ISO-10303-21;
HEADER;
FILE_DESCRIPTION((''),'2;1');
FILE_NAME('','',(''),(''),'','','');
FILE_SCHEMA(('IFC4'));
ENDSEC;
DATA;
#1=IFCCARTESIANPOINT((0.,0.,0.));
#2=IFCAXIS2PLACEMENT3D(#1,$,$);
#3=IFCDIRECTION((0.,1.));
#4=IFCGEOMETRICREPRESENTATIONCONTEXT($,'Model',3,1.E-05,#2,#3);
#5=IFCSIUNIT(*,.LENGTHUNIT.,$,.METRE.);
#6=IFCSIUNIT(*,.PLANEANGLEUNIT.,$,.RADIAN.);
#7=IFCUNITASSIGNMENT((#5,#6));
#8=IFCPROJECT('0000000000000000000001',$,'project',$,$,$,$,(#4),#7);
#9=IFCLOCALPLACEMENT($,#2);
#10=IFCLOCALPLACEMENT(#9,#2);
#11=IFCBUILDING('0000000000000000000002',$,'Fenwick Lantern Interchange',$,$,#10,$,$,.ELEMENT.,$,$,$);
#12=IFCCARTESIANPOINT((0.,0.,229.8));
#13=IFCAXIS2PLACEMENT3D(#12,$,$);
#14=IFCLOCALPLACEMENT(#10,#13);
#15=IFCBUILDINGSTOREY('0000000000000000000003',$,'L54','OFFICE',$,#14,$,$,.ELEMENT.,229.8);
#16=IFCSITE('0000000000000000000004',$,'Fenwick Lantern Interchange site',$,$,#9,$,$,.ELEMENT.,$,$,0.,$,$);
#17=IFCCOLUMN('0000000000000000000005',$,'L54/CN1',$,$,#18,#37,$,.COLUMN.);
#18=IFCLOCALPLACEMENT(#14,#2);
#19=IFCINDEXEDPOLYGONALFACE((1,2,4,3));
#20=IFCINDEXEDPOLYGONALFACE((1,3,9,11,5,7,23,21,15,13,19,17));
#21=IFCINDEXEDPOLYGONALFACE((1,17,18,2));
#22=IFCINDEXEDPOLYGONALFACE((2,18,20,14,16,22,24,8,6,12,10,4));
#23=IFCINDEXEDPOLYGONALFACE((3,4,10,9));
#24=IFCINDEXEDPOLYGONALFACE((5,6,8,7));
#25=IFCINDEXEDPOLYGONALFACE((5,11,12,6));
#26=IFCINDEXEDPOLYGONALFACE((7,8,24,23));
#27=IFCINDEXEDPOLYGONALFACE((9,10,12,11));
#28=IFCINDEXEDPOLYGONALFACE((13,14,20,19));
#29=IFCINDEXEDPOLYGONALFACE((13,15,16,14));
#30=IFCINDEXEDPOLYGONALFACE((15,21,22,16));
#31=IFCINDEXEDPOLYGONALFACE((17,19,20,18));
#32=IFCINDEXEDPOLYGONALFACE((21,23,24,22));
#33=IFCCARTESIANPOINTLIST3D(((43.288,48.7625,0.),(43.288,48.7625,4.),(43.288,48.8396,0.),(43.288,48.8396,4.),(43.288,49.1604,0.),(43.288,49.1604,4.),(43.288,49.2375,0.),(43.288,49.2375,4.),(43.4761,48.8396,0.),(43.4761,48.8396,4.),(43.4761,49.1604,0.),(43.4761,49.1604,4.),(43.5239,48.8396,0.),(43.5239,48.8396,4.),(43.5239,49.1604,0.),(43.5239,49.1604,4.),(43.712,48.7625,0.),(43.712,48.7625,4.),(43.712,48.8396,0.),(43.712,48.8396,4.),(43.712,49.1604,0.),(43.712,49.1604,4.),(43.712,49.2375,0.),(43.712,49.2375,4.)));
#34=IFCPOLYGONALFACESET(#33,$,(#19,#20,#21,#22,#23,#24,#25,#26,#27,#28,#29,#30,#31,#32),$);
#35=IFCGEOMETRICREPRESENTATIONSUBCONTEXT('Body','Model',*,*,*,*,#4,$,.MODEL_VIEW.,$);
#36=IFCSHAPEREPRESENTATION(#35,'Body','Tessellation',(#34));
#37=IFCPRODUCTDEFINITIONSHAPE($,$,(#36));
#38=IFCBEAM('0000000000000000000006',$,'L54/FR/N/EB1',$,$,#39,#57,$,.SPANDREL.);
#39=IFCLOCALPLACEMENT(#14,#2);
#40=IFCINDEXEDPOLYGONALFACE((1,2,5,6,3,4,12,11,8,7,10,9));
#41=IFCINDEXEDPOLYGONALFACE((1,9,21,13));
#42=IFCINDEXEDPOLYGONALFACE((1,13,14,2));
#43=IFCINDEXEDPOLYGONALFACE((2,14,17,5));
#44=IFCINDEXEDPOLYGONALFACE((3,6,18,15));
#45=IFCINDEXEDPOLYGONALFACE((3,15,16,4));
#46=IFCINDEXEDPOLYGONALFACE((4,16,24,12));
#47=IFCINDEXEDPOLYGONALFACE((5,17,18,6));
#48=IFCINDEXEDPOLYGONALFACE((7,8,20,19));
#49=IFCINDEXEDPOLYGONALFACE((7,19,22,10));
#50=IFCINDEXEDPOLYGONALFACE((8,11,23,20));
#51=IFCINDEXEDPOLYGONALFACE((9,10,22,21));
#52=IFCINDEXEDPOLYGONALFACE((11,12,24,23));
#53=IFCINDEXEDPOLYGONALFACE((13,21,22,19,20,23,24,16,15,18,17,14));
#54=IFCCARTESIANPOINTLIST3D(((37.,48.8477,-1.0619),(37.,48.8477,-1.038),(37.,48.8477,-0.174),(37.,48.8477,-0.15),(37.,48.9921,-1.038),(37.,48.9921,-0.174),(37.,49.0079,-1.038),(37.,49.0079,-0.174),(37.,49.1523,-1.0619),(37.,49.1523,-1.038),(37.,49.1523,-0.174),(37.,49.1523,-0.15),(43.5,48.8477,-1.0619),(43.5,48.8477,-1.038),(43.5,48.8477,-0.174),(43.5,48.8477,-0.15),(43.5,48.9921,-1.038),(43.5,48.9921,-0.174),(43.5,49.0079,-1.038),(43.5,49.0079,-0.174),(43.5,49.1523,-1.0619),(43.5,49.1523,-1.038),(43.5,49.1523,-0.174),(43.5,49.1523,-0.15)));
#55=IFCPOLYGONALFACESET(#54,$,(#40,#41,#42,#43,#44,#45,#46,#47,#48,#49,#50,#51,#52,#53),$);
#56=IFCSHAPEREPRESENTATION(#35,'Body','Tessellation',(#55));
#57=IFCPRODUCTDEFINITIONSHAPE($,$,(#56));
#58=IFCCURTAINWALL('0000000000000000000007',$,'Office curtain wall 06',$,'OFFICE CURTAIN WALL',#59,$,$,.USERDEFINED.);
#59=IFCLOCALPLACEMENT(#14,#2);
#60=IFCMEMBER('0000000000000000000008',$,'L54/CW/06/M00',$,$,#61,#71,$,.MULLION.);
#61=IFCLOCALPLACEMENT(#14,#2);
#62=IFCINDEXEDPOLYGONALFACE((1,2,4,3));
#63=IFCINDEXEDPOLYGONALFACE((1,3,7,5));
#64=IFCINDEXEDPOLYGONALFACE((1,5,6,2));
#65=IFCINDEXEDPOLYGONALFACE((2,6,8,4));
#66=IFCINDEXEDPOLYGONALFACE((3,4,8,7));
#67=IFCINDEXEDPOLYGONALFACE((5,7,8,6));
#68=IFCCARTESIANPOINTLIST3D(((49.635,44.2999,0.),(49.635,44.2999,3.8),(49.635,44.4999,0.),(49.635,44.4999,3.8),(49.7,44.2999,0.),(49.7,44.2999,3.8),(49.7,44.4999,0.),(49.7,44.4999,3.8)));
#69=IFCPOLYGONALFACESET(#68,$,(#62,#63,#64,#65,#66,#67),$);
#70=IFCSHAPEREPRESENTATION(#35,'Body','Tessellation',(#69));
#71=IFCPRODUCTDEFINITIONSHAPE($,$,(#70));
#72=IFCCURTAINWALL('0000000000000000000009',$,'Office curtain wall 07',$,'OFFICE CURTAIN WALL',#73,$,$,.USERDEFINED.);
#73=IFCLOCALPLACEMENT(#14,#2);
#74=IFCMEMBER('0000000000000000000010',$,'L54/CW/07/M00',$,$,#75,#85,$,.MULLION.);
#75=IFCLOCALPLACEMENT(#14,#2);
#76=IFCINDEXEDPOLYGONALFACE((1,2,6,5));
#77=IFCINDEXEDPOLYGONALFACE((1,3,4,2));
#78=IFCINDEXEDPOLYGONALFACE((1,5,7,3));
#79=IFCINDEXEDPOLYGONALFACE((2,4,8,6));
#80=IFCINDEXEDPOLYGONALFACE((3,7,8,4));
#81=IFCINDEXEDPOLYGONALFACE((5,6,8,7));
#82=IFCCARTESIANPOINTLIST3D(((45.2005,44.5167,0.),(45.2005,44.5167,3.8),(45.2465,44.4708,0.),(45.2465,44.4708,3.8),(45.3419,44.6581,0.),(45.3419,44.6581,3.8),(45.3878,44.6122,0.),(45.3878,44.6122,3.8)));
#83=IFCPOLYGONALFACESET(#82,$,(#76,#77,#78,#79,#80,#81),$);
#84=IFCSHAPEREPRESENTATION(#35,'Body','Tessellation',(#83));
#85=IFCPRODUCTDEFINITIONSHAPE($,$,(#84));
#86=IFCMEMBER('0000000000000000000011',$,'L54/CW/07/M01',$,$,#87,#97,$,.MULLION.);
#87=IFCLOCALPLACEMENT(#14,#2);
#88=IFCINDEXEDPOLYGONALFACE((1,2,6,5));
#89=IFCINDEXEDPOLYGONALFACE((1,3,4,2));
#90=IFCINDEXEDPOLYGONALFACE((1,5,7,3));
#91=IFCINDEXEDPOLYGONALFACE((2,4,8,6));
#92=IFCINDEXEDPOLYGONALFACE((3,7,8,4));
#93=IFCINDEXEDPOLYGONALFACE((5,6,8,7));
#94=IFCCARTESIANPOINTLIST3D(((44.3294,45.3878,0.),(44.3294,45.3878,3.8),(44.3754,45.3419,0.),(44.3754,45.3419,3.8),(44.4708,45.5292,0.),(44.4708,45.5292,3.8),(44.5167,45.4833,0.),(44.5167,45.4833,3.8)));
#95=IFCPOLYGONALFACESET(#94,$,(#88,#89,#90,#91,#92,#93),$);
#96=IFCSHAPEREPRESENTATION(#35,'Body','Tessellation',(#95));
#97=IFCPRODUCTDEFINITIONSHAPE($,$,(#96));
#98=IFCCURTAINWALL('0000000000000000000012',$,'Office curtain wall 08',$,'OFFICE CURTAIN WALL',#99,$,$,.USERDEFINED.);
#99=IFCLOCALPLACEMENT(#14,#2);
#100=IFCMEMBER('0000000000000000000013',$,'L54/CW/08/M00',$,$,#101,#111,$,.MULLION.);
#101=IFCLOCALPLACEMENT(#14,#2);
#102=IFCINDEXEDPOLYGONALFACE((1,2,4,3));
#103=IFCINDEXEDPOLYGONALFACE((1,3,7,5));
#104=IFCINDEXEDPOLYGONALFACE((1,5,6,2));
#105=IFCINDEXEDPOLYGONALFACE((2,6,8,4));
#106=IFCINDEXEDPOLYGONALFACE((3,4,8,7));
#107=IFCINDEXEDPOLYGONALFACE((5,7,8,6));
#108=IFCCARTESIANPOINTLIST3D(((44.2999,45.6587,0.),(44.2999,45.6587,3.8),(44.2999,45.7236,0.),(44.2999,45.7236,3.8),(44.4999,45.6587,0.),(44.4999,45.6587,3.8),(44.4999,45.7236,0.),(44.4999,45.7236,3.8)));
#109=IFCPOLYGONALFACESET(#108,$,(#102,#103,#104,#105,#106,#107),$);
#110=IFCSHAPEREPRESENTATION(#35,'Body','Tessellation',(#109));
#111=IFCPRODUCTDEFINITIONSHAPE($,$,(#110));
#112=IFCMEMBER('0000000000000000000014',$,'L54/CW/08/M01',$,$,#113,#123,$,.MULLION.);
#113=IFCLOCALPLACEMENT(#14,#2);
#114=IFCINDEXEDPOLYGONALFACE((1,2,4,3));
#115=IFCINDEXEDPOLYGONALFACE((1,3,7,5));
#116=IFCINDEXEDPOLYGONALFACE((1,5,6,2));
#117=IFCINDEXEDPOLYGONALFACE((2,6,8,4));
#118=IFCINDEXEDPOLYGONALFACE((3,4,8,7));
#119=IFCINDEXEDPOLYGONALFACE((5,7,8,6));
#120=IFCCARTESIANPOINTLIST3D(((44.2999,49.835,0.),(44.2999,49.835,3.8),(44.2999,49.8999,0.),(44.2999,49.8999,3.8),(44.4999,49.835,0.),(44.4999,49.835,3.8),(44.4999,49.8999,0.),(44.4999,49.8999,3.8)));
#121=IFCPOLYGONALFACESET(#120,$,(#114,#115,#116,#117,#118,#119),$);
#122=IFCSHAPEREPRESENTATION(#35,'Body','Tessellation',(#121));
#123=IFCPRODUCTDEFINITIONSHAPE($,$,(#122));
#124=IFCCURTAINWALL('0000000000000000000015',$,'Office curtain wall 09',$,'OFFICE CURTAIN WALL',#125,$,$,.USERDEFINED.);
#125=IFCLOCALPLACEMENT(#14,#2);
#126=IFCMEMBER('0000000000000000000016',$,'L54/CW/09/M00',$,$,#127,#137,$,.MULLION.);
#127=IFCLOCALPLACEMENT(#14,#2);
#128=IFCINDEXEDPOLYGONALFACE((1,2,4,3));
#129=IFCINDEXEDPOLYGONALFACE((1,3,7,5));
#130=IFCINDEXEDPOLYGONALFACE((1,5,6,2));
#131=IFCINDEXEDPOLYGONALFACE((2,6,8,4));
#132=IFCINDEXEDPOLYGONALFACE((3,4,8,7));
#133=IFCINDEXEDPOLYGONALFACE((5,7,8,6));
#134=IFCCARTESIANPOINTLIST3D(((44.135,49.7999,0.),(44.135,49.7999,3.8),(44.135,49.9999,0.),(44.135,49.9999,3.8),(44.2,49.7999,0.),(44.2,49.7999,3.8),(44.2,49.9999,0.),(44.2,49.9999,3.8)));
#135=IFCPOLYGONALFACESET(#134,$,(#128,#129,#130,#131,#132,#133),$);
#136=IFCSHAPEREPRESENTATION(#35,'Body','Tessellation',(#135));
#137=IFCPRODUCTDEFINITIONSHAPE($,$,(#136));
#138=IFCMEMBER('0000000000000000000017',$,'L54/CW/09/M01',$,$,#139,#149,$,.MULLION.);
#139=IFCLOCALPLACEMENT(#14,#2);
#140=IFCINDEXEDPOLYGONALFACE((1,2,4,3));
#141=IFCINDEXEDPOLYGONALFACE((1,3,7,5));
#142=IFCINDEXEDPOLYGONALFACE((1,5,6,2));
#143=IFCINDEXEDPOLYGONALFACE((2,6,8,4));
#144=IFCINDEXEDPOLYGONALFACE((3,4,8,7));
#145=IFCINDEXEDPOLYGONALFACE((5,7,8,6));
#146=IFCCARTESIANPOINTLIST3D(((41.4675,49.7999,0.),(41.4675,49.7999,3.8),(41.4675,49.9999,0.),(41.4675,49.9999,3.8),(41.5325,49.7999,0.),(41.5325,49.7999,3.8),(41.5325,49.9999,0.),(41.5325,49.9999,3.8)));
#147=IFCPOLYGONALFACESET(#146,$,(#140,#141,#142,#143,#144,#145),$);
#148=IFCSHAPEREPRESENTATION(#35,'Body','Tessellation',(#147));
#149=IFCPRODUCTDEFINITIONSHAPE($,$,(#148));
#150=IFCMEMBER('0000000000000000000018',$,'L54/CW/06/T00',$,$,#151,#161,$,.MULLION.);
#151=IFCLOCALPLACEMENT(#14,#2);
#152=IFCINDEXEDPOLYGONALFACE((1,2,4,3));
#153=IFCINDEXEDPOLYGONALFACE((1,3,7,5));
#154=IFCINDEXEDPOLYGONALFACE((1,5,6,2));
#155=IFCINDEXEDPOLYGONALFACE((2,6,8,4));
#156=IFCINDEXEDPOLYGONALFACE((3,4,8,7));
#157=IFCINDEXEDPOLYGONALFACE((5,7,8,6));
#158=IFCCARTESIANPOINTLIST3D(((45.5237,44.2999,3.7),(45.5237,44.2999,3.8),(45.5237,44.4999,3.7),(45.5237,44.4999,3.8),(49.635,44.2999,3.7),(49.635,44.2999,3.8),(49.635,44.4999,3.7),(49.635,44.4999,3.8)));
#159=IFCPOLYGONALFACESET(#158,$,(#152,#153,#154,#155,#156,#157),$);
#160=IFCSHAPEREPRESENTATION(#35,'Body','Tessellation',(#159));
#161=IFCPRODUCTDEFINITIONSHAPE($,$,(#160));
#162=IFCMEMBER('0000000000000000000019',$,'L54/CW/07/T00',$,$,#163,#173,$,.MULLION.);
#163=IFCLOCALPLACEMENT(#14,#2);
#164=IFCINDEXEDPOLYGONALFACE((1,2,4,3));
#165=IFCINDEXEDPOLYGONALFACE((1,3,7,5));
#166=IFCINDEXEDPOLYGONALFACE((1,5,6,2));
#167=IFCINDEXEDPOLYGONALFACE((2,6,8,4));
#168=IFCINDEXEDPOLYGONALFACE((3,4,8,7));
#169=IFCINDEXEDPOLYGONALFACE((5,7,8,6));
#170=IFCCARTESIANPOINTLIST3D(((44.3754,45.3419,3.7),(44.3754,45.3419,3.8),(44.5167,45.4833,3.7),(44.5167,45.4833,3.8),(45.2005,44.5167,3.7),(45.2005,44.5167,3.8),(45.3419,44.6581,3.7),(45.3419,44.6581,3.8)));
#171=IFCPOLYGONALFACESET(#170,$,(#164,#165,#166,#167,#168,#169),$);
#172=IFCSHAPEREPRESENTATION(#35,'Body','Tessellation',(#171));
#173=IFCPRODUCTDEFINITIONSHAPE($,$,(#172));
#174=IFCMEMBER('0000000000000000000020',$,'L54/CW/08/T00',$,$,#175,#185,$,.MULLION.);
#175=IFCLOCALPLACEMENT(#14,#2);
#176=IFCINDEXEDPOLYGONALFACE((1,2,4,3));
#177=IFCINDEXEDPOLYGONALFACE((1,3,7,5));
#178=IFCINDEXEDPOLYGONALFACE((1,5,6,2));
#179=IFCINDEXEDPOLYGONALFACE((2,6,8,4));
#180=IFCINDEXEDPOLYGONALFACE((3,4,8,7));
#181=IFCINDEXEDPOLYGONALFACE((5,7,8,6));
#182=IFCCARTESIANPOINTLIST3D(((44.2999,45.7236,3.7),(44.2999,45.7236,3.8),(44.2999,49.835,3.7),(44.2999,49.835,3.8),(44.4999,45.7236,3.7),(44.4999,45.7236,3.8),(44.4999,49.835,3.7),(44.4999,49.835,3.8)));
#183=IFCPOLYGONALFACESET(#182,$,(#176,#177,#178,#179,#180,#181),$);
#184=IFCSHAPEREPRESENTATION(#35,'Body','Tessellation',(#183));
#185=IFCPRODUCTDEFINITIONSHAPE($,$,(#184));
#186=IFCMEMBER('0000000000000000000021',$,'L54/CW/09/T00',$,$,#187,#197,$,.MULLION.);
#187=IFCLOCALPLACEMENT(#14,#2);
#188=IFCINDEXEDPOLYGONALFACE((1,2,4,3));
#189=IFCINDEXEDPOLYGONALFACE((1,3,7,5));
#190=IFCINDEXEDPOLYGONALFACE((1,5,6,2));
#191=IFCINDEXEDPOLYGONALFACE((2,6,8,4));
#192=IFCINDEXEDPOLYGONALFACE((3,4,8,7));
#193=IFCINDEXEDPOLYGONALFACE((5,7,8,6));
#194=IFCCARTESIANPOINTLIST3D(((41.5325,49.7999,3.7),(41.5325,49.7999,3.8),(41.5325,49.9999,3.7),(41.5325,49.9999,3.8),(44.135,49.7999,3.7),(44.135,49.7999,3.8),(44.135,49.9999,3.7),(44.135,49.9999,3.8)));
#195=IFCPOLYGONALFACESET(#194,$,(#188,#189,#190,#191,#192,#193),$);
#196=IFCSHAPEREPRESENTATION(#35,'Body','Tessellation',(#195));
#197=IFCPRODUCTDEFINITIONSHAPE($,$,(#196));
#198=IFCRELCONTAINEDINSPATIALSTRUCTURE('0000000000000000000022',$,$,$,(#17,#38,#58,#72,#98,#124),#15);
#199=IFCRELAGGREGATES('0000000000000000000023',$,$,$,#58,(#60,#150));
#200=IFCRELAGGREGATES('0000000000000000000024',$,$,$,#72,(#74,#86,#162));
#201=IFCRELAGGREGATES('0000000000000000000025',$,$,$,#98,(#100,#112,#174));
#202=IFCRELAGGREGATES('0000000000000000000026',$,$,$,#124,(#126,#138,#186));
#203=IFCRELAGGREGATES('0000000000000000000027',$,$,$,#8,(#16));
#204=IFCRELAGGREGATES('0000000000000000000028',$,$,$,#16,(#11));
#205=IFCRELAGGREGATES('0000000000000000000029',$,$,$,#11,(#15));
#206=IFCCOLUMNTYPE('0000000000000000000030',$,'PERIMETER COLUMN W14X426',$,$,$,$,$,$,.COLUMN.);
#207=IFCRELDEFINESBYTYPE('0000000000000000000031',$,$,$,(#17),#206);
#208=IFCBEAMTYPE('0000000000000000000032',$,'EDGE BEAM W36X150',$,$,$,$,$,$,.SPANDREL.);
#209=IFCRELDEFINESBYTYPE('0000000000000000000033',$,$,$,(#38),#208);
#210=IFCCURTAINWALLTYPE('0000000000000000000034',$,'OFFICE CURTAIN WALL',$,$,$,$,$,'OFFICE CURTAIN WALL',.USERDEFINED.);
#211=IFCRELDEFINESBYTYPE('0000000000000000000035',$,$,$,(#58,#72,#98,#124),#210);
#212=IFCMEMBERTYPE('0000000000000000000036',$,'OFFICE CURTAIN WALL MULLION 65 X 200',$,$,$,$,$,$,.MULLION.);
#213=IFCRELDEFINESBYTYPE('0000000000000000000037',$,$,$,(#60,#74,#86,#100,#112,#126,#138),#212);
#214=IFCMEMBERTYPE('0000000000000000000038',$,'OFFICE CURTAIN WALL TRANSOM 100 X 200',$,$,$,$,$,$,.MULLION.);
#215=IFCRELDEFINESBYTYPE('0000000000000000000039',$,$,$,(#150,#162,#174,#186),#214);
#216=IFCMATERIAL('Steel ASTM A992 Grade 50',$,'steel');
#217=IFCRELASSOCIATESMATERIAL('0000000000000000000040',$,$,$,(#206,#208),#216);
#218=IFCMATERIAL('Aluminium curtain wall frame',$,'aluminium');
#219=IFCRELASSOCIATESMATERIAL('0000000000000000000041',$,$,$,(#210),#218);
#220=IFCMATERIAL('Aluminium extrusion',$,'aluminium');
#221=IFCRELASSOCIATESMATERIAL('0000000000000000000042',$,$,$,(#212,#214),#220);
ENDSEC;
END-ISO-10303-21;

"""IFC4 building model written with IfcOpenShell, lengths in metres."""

from ifc_helpers import new_model, si_unit, direction, frame, origin, origin_2d, place, context, subcontext, project, spatial, rectangle, i_section, extrude, material, material_profile, profile_set, type_object, element, aggregate, save


model = new_model("IFC4")

# Units and contexts
model_context = context("Model", 3, precision=1e-05, world=origin(), true_north=direction((0.0, 1.0)))
body_context = subcontext(model_context, "Body", "Model", "MODEL_VIEW")
ifc_project = project(units=[si_unit("LENGTHUNIT", "METRE"), si_unit("PLANEANGLEUNIT", "RADIAN")], contexts=[model_context])

# Site, building, storey
site_placement = place(None, origin())
site = spatial("IfcSite", under=ifc_project, at=site_placement, Name="Fenwick Lantern Interchange site", CompositionType="ELEMENT", RefElevation=0.0)
building_placement = place(site_placement, origin())
building = spatial("IfcBuilding", under=site, at=building_placement, Name="Fenwick Lantern Interchange", CompositionType="ELEMENT")
storey_placement = place(building_placement, frame((0.0, 0.0, 229.8)))
storey = spatial("IfcBuildingStorey", under=building, at=storey_placement, Name="L54", Description="OFFICE", CompositionType="ELEMENT", Elevation=229.8)

# Column
ifc_material_1 = material(Name="Steel ASTM A992 Grade 50", Category="steel")
ifc_material_profile_1 = material_profile(ifc_material_1, i_section(OverallWidth=0.4241, OverallDepth=0.4751, WebThickness=0.0479, FlangeThickness=0.0771, at=origin_2d()), Name="W14X426")
ifc_profile_set_1 = profile_set([ifc_material_profile_1], Name="Steel ASTM A992 Grade 50")
column_type = type_object("IfcColumnType", Name="PERIMETER COLUMN W14X426", PredefinedType="COLUMN", material=ifc_profile_set_1)
column_placement = place(storey_placement, frame((43.5, 49.0, 0.0), z_axis=(0.0, 0.0, 1.0), x_axis=(1.0, 0.0, 0.0)))
element("IfcColumn", 1, at=column_placement, inside=storey, type_object=column_type, Name="L54/CN1", PredefinedType="COLUMN", context=body_context, shape_type="SweptSolid", body=[
    extrude(i_section(OverallWidth=0.4241, OverallDepth=0.4751, WebThickness=0.0479, FlangeThickness=0.0771, at=origin_2d()), origin(), (0.0, 0.0, 1.0), 4.0),
])

# Beam
ifc_material_profile_2 = material_profile(ifc_material_1, i_section(OverallWidth=0.3047, OverallDepth=0.9119, WebThickness=0.0159, FlangeThickness=0.0239, at=origin_2d()), Name="W36X150")
ifc_profile_set_2 = profile_set([ifc_material_profile_2], Name="Steel ASTM A992 Grade 50")
beam_type = type_object("IfcBeamType", Name="EDGE BEAM W36X150", PredefinedType="SPANDREL", material=ifc_profile_set_2)
beam_placement = place(storey_placement, frame((43.5, 49.0, -0.606), z_axis=(-1.0, 0.0, 0.0), x_axis=(0.0, -1.0, 0.0)))
element("IfcBeam", 2, at=beam_placement, inside=storey, type_object=beam_type, Name="L54/FR/N/EB1", PredefinedType="SPANDREL", context=body_context, shape_type="SweptSolid", body=[
    extrude(i_section(OverallWidth=0.3047, OverallDepth=0.9119, WebThickness=0.0159, FlangeThickness=0.0239, at=origin_2d()), origin(), (0.0, 0.0, 1.0), 6.5),
])

# Curtain wall, member
ifc_material_2 = material(Name="Aluminium curtain wall frame", Category="aluminium")
curtain_wall_type = type_object("IfcCurtainWallType", Name="OFFICE CURTAIN WALL", ElementType="OFFICE CURTAIN WALL", PredefinedType="USERDEFINED", material=ifc_material_2)
curtain_wall_1_placement = place(storey_placement, origin())
curtain_wall_1 = element("IfcCurtainWall", 3, at=curtain_wall_1_placement, inside=storey, type_object=curtain_wall_type, Name="Office curtain wall 06", ObjectType="OFFICE CURTAIN WALL", PredefinedType="USERDEFINED")
ifc_material_3 = material(Name="Aluminium extrusion", Category="aluminium")
ifc_material_profile_3 = material_profile(ifc_material_3, rectangle(XDim=0.2, YDim=0.0649, at=origin_2d()), Name="OFFICE CURTAIN WALL MULLION 65 X 200")
ifc_profile_set_3 = profile_set([ifc_material_profile_3], Name="Aluminium extrusion")
member_type_1 = type_object("IfcMemberType", Name="OFFICE CURTAIN WALL MULLION 65 X 200", PredefinedType="MULLION", material=ifc_profile_set_3)
member_1_placement = place(storey_placement, frame((49.6675, 44.3999, 0.0), z_axis=(0.0, 0.0, 1.0), x_axis=(0.0, -1.0, 0.0)))
member_1 = element("IfcMember", 4, at=member_1_placement, type_object=member_type_1, Name="L54/CW/06/M00", PredefinedType="MULLION", context=body_context, shape_type="SweptSolid", body=[
    extrude(rectangle(XDim=0.2, YDim=0.0649, at=origin_2d()), origin(), (0.0, 0.0, 1.0), 3.8),
])

# Curtain walls, members
curtain_wall_2_placement = place(storey_placement, origin())
curtain_wall_2 = element("IfcCurtainWall", 5, at=curtain_wall_2_placement, inside=storey, type_object=curtain_wall_type, Name="Office curtain wall 07", ObjectType="OFFICE CURTAIN WALL", PredefinedType="USERDEFINED")
member_2_placement = place(storey_placement, frame((45.2942, 44.5645, 0.0), z_axis=(0.0, 0.0, 1.0), x_axis=(-0.707107, -0.707107, 0.0)))
member_2 = element("IfcMember", 6, at=member_2_placement, type_object=member_type_1, Name="L54/CW/07/M00", PredefinedType="MULLION", context=body_context, shape_type="SweptSolid", body=[
    extrude(rectangle(XDim=0.2, YDim=0.0649, at=origin_2d()), origin(), (0.0, 0.0, 1.0), 3.8),
])
member_3_placement = place(storey_placement, frame((44.4231, 45.4355, 0.0), z_axis=(0.0, 0.0, 1.0), x_axis=(-0.707107, -0.707107, 0.0)))
member_3 = element("IfcMember", 7, at=member_3_placement, type_object=member_type_1, Name="L54/CW/07/M01", PredefinedType="MULLION", context=body_context, shape_type="SweptSolid", body=[
    extrude(rectangle(XDim=0.2, YDim=0.0649, at=origin_2d()), origin(), (0.0, 0.0, 1.0), 3.8),
])
curtain_wall_3_placement = place(storey_placement, origin())
curtain_wall_3 = element("IfcCurtainWall", 8, at=curtain_wall_3_placement, inside=storey, type_object=curtain_wall_type, Name="Office curtain wall 08", ObjectType="OFFICE CURTAIN WALL", PredefinedType="USERDEFINED")
member_4_placement = place(storey_placement, frame((44.3999, 45.6912, 0.0), z_axis=(0.0, 0.0, 1.0), x_axis=(-1.0, 0.0, 0.0)))
member_4 = element("IfcMember", 9, at=member_4_placement, type_object=member_type_1, Name="L54/CW/08/M00", PredefinedType="MULLION", context=body_context, shape_type="SweptSolid", body=[
    extrude(rectangle(XDim=0.2, YDim=0.0649, at=origin_2d()), origin(), (0.0, 0.0, 1.0), 3.8),
])
member_5_placement = place(storey_placement, frame((44.3999, 49.8674, 0.0), z_axis=(0.0, 0.0, 1.0), x_axis=(-1.0, 0.0, 0.0)))
member_5 = element("IfcMember", 10, at=member_5_placement, type_object=member_type_1, Name="L54/CW/08/M01", PredefinedType="MULLION", context=body_context, shape_type="SweptSolid", body=[
    extrude(rectangle(XDim=0.2, YDim=0.0649, at=origin_2d()), origin(), (0.0, 0.0, 1.0), 3.8),
])
curtain_wall_4_placement = place(storey_placement, origin())
curtain_wall_4 = element("IfcCurtainWall", 11, at=curtain_wall_4_placement, inside=storey, type_object=curtain_wall_type, Name="Office curtain wall 09", ObjectType="OFFICE CURTAIN WALL", PredefinedType="USERDEFINED")
member_6_placement = place(storey_placement, frame((44.1675, 49.8999, 0.0), z_axis=(0.0, 0.0, 1.0), x_axis=(0.0, -1.0, 0.0)))
member_6 = element("IfcMember", 12, at=member_6_placement, type_object=member_type_1, Name="L54/CW/09/M00", PredefinedType="MULLION", context=body_context, shape_type="SweptSolid", body=[
    extrude(rectangle(XDim=0.2, YDim=0.0649, at=origin_2d()), origin(), (0.0, 0.0, 1.0), 3.8),
])
member_7_placement = place(storey_placement, frame((41.5, 49.8999, 0.0), z_axis=(0.0, 0.0, 1.0), x_axis=(0.0, -1.0, 0.0)))
member_7 = element("IfcMember", 13, at=member_7_placement, type_object=member_type_1, Name="L54/CW/09/M01", PredefinedType="MULLION", context=body_context, shape_type="SweptSolid", body=[
    extrude(rectangle(XDim=0.2, YDim=0.0649, at=origin_2d()), origin(), (0.0, 0.0, 1.0), 3.8),
])

# Members
ifc_material_profile_4 = material_profile(ifc_material_3, rectangle(XDim=0.2, YDim=0.1001, at=origin_2d()), Name="OFFICE CURTAIN WALL TRANSOM 100 X 200")
ifc_profile_set_4 = profile_set([ifc_material_profile_4], Name="Aluminium extrusion")
member_type_2 = type_object("IfcMemberType", Name="OFFICE CURTAIN WALL TRANSOM 100 X 200", PredefinedType="MULLION", material=ifc_profile_set_4)
member_8_placement = place(storey_placement, frame((49.635, 44.3999, 3.75), z_axis=(-1.0, 0.0, 0.0), x_axis=(0.0, -1.0, 0.0)))
member_8 = element("IfcMember", 14, at=member_8_placement, type_object=member_type_2, Name="L54/CW/06/T00", PredefinedType="MULLION", context=body_context, shape_type="SweptSolid", body=[
    extrude(rectangle(XDim=0.2, YDim=0.1001, at=origin_2d()), origin(), (0.0, 0.0, 1.0), 4.1113),
])
aggregate(curtain_wall_1, [member_1, member_8])
member_9_placement = place(storey_placement, frame((45.2712, 44.5874, 3.75), z_axis=(-0.707107, 0.707107, 0.0), x_axis=(-0.707107, -0.707107, 0.0)))
member_9 = element("IfcMember", 15, at=member_9_placement, type_object=member_type_2, Name="L54/CW/07/T00", PredefinedType="MULLION", context=body_context, shape_type="SweptSolid", body=[
    extrude(rectangle(XDim=0.2, YDim=0.1001, at=origin_2d()), origin(), (0.0, 0.0, 1.0), 1.167),
])
member_10_placement = place(storey_placement, frame((44.3999, 45.7236, 3.75), z_axis=(0.0, 1.0, 0.0), x_axis=(-1.0, 0.0, 0.0)))
member_10 = element("IfcMember", 16, at=member_10_placement, type_object=member_type_2, Name="L54/CW/08/T00", PredefinedType="MULLION", context=body_context, shape_type="SweptSolid", body=[
    extrude(rectangle(XDim=0.2, YDim=0.1001, at=origin_2d()), origin(), (0.0, 0.0, 1.0), 4.1113),
])
member_11_placement = place(storey_placement, frame((44.135, 49.8999, 3.75), z_axis=(-1.0, 0.0, 0.0), x_axis=(0.0, -1.0, 0.0)))
member_11 = element("IfcMember", 17, at=member_11_placement, type_object=member_type_2, Name="L54/CW/09/T00", PredefinedType="MULLION", context=body_context, shape_type="SweptSolid", body=[
    extrude(rectangle(XDim=0.2, YDim=0.1001, at=origin_2d()), origin(), (0.0, 0.0, 1.0), 2.6025),
])

aggregate(curtain_wall_2, [member_2, member_3, member_9])
aggregate(curtain_wall_3, [member_4, member_5, member_10])
aggregate(curtain_wall_4, [member_6, member_7, member_11])

save(model, "model.ifc")
